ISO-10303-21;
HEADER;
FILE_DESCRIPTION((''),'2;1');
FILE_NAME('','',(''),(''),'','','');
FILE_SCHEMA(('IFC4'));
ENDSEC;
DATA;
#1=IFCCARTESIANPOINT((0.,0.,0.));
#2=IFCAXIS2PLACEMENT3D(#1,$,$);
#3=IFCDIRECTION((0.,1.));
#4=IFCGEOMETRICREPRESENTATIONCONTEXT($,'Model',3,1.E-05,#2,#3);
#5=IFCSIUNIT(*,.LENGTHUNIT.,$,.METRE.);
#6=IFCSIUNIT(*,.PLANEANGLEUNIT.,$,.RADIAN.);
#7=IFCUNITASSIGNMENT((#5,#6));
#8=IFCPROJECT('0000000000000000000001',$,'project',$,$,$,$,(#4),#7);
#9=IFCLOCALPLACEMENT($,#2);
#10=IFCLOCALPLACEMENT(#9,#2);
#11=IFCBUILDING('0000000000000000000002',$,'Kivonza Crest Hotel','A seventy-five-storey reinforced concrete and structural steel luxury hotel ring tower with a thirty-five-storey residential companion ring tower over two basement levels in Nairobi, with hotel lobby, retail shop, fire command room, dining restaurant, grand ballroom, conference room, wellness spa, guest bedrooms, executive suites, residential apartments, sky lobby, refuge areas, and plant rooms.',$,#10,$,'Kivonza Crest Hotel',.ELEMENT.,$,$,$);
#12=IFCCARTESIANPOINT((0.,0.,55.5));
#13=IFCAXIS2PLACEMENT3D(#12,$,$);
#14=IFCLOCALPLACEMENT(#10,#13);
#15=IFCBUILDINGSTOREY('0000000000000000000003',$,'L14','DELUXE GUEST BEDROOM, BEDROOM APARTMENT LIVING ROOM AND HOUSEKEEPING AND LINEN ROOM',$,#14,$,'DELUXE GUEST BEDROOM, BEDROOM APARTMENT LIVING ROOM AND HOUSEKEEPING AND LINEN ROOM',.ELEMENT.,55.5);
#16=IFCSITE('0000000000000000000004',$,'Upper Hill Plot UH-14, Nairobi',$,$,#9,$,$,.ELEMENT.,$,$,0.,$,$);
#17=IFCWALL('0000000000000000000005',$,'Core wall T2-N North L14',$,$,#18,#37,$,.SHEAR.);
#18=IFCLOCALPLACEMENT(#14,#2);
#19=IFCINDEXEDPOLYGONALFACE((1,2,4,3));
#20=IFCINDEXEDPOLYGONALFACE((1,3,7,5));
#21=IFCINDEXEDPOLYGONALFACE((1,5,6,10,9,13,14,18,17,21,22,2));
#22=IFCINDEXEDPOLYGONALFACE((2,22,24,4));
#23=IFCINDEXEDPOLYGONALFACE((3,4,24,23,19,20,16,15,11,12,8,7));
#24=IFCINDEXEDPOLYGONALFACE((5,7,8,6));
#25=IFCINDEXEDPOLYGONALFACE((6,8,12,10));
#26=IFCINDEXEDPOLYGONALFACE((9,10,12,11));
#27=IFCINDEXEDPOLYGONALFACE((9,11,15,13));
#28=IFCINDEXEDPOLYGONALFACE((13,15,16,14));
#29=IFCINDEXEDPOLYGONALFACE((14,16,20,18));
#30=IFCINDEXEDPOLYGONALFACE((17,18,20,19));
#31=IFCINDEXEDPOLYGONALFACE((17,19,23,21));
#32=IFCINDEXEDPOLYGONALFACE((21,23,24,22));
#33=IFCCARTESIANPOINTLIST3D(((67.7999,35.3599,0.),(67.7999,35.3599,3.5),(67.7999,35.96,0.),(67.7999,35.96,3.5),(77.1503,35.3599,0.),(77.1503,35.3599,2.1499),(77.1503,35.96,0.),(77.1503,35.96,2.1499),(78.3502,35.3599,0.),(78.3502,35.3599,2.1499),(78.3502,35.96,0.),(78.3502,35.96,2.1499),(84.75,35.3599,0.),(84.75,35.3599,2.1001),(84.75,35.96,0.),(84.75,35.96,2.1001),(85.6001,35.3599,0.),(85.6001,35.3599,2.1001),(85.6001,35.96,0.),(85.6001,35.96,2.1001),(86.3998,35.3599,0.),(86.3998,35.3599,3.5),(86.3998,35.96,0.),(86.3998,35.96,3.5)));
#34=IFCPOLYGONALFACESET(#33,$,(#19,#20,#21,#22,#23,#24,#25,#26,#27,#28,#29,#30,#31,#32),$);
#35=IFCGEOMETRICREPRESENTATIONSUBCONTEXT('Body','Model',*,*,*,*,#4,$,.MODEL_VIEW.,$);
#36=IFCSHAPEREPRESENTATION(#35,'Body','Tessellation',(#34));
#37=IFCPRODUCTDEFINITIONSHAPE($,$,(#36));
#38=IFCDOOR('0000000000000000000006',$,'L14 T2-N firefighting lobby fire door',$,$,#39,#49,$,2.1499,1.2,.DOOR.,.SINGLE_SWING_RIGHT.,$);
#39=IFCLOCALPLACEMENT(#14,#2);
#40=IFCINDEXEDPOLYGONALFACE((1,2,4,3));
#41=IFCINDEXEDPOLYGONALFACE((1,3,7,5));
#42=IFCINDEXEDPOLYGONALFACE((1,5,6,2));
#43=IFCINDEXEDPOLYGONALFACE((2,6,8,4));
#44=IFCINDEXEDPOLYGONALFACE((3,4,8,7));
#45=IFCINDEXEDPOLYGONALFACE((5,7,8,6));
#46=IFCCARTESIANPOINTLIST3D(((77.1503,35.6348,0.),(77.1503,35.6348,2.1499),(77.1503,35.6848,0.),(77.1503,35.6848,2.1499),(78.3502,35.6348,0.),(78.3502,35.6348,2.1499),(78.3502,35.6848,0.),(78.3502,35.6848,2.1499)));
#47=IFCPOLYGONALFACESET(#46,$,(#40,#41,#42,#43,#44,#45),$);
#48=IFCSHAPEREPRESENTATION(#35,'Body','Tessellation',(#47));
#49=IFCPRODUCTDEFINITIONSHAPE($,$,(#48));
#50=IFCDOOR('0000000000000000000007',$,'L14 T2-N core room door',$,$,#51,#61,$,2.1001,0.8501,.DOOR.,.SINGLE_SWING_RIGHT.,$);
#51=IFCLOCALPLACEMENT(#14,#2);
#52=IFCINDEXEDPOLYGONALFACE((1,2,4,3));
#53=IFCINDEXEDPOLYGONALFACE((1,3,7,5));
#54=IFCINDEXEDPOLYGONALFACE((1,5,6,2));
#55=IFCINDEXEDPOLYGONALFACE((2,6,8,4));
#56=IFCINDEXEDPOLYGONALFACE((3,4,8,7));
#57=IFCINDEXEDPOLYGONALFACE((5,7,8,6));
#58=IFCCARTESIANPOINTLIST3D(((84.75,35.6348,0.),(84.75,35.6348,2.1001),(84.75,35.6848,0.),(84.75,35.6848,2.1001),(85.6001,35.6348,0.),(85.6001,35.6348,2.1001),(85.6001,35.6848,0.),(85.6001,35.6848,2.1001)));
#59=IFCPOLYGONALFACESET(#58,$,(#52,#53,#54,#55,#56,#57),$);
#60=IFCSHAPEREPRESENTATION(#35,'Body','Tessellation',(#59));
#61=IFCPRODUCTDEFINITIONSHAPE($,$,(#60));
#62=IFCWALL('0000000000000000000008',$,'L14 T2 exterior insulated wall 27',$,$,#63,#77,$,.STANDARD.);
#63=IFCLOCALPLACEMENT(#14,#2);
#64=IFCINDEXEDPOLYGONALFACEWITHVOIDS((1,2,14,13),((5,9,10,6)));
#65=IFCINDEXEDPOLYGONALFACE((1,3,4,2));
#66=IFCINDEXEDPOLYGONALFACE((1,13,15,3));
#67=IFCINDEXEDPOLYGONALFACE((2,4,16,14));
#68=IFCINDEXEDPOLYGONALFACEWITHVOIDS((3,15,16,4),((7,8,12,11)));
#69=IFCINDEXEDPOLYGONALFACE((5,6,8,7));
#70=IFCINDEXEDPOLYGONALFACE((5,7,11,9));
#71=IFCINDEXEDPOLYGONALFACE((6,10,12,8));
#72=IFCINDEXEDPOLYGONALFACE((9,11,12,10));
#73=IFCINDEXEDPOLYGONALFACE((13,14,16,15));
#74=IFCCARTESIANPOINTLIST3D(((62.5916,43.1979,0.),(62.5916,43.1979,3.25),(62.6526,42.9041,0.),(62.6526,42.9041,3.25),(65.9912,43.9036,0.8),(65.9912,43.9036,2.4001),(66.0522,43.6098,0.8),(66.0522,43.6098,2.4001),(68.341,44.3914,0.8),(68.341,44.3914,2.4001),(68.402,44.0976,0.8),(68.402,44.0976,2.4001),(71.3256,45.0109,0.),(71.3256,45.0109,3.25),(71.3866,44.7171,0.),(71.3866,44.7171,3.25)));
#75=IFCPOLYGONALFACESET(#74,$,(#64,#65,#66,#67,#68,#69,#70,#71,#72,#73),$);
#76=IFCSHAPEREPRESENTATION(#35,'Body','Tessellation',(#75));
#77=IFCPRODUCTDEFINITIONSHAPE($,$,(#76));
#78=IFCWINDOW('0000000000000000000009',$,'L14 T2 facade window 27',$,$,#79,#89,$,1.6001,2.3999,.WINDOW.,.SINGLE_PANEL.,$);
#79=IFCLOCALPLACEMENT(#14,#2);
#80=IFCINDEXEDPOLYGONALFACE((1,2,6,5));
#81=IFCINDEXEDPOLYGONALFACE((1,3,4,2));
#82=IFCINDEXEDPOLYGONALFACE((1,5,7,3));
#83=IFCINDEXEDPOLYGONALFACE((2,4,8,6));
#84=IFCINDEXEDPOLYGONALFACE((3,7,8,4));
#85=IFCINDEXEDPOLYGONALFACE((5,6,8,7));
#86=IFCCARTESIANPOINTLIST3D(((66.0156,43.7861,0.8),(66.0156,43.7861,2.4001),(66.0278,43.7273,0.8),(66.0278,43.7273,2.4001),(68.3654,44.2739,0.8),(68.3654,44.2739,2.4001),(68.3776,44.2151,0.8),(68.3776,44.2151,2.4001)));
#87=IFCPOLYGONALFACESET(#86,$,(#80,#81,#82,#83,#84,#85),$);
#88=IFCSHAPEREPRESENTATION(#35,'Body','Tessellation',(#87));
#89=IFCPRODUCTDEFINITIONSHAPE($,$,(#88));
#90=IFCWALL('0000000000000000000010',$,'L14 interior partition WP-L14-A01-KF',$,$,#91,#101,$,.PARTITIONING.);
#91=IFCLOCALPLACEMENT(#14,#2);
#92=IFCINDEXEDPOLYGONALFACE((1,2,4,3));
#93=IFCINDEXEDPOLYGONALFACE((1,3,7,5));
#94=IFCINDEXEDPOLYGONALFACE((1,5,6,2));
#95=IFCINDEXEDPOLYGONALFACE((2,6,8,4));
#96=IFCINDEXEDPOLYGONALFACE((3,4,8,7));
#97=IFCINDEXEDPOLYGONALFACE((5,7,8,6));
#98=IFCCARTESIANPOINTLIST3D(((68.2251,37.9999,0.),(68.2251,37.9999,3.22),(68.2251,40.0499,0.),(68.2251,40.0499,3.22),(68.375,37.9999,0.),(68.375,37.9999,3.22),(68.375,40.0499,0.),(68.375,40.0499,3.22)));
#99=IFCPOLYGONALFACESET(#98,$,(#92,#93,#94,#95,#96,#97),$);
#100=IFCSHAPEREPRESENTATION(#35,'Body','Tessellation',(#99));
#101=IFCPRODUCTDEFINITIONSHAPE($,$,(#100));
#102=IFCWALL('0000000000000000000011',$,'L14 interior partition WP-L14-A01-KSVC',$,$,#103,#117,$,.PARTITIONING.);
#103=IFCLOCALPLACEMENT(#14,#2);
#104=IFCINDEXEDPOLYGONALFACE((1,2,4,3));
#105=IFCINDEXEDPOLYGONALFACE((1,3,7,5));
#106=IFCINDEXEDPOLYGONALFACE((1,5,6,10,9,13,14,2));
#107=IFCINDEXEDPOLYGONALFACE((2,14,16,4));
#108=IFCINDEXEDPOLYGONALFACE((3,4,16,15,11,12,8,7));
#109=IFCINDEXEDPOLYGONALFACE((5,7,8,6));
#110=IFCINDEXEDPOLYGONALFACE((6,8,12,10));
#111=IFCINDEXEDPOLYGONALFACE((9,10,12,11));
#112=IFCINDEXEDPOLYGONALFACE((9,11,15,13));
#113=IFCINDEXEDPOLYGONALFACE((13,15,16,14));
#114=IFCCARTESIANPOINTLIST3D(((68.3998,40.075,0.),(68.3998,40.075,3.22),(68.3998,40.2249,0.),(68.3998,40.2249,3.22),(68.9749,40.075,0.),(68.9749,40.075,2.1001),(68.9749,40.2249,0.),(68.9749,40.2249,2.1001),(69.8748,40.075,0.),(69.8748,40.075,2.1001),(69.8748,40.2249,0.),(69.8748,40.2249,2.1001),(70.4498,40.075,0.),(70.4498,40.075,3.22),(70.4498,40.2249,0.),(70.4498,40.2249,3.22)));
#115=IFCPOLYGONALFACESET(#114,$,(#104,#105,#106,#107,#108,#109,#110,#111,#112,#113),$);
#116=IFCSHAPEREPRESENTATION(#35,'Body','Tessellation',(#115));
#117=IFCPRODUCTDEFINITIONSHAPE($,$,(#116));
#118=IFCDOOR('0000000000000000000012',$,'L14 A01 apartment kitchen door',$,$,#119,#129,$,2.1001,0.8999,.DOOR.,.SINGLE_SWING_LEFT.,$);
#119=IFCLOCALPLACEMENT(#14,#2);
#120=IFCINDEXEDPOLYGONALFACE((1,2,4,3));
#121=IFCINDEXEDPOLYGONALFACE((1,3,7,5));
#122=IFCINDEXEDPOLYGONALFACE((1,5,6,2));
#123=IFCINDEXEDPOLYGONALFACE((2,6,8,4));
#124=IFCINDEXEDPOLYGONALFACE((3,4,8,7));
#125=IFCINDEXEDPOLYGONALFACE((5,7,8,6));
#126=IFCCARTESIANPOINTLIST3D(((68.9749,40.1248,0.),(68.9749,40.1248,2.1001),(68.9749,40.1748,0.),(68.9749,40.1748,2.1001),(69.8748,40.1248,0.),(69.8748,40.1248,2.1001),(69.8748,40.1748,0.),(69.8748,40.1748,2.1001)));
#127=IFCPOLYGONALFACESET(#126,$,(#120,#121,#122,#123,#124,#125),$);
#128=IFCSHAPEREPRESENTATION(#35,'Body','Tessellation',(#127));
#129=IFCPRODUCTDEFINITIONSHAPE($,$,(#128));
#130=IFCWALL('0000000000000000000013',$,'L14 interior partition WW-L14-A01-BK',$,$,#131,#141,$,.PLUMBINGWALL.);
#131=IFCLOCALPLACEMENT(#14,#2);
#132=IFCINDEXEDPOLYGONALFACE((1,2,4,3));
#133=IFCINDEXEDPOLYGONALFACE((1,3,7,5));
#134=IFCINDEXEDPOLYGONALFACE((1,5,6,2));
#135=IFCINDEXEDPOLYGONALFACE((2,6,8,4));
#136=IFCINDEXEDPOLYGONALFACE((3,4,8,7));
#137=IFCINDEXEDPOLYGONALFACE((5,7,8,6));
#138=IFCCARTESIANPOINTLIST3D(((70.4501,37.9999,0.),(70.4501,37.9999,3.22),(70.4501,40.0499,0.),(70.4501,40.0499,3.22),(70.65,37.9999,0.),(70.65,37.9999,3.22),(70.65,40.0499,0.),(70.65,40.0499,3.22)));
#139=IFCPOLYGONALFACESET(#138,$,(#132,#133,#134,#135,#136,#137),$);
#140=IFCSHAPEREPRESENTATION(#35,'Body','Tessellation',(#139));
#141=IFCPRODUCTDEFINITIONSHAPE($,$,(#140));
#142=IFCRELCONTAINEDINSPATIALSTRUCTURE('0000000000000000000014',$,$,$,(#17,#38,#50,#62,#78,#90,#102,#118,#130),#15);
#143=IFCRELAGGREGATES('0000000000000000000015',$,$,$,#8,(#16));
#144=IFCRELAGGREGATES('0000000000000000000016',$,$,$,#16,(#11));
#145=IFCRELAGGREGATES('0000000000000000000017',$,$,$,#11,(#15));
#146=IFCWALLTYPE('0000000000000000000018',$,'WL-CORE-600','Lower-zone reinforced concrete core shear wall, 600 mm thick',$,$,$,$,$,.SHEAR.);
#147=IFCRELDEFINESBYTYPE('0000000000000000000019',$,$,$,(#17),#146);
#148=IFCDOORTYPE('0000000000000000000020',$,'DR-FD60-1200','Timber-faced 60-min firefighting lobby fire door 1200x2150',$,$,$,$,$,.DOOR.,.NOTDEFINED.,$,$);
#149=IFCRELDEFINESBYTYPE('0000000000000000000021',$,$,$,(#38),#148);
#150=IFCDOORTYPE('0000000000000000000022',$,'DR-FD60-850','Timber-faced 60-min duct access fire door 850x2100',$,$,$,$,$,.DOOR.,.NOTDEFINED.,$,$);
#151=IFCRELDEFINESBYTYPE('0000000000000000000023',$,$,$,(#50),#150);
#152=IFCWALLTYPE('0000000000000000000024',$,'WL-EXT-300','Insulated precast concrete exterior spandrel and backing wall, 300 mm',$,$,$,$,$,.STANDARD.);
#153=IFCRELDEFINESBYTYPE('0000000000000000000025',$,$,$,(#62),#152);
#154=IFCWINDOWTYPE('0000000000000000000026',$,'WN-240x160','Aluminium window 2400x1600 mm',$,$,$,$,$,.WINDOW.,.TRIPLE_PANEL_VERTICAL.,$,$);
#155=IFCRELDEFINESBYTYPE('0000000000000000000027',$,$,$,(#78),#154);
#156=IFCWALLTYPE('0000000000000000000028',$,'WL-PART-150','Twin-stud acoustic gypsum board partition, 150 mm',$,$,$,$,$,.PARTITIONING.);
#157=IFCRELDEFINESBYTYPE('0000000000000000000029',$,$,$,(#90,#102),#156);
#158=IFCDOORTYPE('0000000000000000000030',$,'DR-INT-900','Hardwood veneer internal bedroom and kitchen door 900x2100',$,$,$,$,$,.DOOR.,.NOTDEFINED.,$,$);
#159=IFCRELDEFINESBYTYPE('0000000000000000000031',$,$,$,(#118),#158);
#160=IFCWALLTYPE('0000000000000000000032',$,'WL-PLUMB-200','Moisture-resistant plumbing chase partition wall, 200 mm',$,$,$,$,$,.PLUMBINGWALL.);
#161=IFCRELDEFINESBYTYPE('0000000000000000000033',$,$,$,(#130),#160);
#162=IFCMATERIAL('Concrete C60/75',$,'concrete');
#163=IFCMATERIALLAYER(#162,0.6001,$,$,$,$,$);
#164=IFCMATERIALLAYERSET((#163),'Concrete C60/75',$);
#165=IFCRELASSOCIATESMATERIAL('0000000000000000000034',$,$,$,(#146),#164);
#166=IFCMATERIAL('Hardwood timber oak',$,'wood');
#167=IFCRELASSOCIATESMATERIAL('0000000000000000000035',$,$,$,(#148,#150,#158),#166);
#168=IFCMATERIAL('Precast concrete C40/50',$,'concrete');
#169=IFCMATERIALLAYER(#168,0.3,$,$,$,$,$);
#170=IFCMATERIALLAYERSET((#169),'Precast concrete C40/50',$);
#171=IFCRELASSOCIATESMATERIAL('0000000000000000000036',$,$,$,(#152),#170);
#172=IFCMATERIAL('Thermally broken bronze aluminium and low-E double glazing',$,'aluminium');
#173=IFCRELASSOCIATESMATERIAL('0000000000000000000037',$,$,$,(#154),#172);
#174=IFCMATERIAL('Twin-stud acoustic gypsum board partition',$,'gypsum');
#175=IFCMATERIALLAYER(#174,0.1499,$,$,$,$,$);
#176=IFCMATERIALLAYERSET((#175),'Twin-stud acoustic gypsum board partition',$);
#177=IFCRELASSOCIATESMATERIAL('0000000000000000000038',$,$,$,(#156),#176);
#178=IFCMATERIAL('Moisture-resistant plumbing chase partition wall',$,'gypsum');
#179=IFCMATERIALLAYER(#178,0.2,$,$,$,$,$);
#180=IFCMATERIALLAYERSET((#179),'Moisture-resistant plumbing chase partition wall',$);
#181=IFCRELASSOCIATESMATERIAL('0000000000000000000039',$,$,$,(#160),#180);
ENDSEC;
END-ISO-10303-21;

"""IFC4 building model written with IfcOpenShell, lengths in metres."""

from ifc_helpers import new_model, si_unit, direction, frame, frame_2d, origin, place, context, subcontext, project, spatial, rectangle, extrude, material, layer, layer_set, type_object, element, fill, save


model = new_model("IFC4")

# Units and contexts
model_context = context("Model", 3, precision=1e-05, world=origin(), true_north=direction((0.0, 1.0)))
body_context = subcontext(model_context, "Body", "Model", "MODEL_VIEW")
ifc_project = project(units=[si_unit("LENGTHUNIT", "METRE"), si_unit("PLANEANGLEUNIT", "RADIAN")], contexts=[model_context])

# Site, building, storey
site_placement = place(None, origin())
site = spatial("IfcSite", under=ifc_project, at=site_placement, Name="Upper Hill Plot UH-14, Nairobi", CompositionType="ELEMENT", RefElevation=0.0)
building_placement = place(site_placement, origin())
building = spatial("IfcBuilding", under=site, at=building_placement, Name="Kivonza Crest Hotel", Description="A seventy-five-storey reinforced concrete and structural steel luxury hotel ring tower with a thirty-five-storey residential companion ring tower over two basement levels in Nairobi, with hotel lobby, retail shop, fire command room, dining restaurant, grand ballroom, conference room, wellness spa, guest bedrooms, executive suites, residential apartments, sky lobby, refuge areas, and plant rooms.", LongName="Kivonza Crest Hotel", CompositionType="ELEMENT")
storey_placement = place(building_placement, frame((0.0, 0.0, 55.5)))
storey = spatial("IfcBuildingStorey", under=building, at=storey_placement, Name="L14", Description="DELUXE GUEST BEDROOM, BEDROOM APARTMENT LIVING ROOM AND HOUSEKEEPING AND LINEN ROOM", LongName="DELUXE GUEST BEDROOM, BEDROOM APARTMENT LIVING ROOM AND HOUSEKEEPING AND LINEN ROOM", CompositionType="ELEMENT", Elevation=55.5)

# Shared definitions
ifc_material_1 = material(Name="Hardwood timber oak", Category="wood")

# Wall, openings, doors
ifc_material_2 = material(Name="Concrete C60/75", Category="concrete")
ifc_layer_1 = layer(ifc_material_2, 0.6001)
ifc_layer_set_1 = layer_set([ifc_layer_1], Name="Concrete C60/75")
wall_type_1 = type_object("IfcWallType", Name="WL-CORE-600", Description="Lower-zone reinforced concrete core shear wall, 600 mm thick", PredefinedType="SHEAR", material=ifc_layer_set_1)
wall_1_placement = place(storey_placement, frame((67.8, 35.6599, 0.0), z_axis=(0.0, 0.0, 1.0), x_axis=(1.0, 0.0, 0.0)))
wall_1 = element("IfcWall", 1, at=wall_1_placement, inside=storey, type_object=wall_type_1, Name="Core wall T2-N North L14", PredefinedType="SHEAR", context=body_context, shape_type="SweptSolid", body=[
    extrude(rectangle(XDim=18.5999, YDim=0.6001, at=frame_2d((9.2998, 0.0))), origin(), (0.0, 0.0, 1.0), 3.5),
])
opening_1_placement = place(wall_1_placement, frame((9.3501, 0.0, 0.0)))
opening_1 = element("IfcOpeningElement", 2, at=opening_1_placement, cuts=wall_1, PredefinedType="OPENING", context=body_context, shape_type="SweptSolid", body=[
    extrude(rectangle(XDim=1.2, YDim=2.1499, at=frame_2d((0.6001, 1.075))), frame((0.0, 0.3101, 0.0), z_axis=(0.0, -1.0, 0.0), x_axis=(1.0, 0.0, 0.0)), (0.0, 0.0, 1.0), 0.6201),
])
opening_2_placement = place(wall_1_placement, frame((16.95, 0.0, 0.0)))
opening_2 = element("IfcOpeningElement", 3, at=opening_2_placement, cuts=wall_1, PredefinedType="OPENING", context=body_context, shape_type="SweptSolid", body=[
    extrude(rectangle(XDim=0.8501, YDim=2.1001, at=frame_2d((0.425, 1.05))), frame((0.0, 0.3101, 0.0), z_axis=(0.0, -1.0, 0.0), x_axis=(1.0, 0.0, 0.0)), (0.0, 0.0, 1.0), 0.6201),
])
door_type_1 = type_object("IfcDoorType", Name="DR-FD60-1200", Description="Timber-faced 60-min firefighting lobby fire door 1200x2150", OperationType="NOTDEFINED", PredefinedType="DOOR", material=ifc_material_1)
door_1_placement = place(opening_1_placement, origin())
door_1 = element("IfcDoor", 4, at=door_1_placement, inside=storey, type_object=door_type_1, Name="L14 T2-N firefighting lobby fire door", OperationType="SINGLE_SWING_RIGHT", OverallHeight=2.1499, OverallWidth=1.2, PredefinedType="DOOR", context=body_context, shape_type="SweptSolid", body=[
    extrude(rectangle(XDim=1.2, YDim=2.1499, at=frame_2d((0.6001, 1.075))), frame((0.0, 0.0249, 0.0), z_axis=(0.0, -1.0, 0.0), x_axis=(1.0, 0.0, 0.0)), (0.0, 0.0, 1.0), 0.05),
])
fill(opening_1, door_1)
door_type_2 = type_object("IfcDoorType", Name="DR-FD60-850", Description="Timber-faced 60-min duct access fire door 850x2100", OperationType="NOTDEFINED", PredefinedType="DOOR", material=ifc_material_1)
door_2_placement = place(opening_2_placement, origin())
door_2 = element("IfcDoor", 5, at=door_2_placement, inside=storey, type_object=door_type_2, Name="L14 T2-N core room door", OperationType="SINGLE_SWING_RIGHT", OverallHeight=2.1001, OverallWidth=0.8501, PredefinedType="DOOR", context=body_context, shape_type="SweptSolid", body=[
    extrude(rectangle(XDim=0.8501, YDim=2.1001, at=frame_2d((0.425, 1.05))), frame((0.0, 0.0249, 0.0), z_axis=(0.0, -1.0, 0.0), x_axis=(1.0, 0.0, 0.0)), (0.0, 0.0, 1.0), 0.05),
])
fill(opening_2, door_2)

# Wall, opening, window
ifc_material_3 = material(Name="Precast concrete C40/50", Category="concrete")
ifc_layer_2 = layer(ifc_material_3, 0.3)
ifc_layer_set_2 = layer_set([ifc_layer_2], Name="Precast concrete C40/50")
wall_type_2 = type_object("IfcWallType", Name="WL-EXT-300", Description="Insulated precast concrete exterior spandrel and backing wall, 300 mm", PredefinedType="STANDARD", material=ifc_layer_set_2)
wall_2_placement = place(storey_placement, frame((71.356, 44.864, 0.0), z_axis=(0.0, 0.0, 1.0), x_axis=(-0.979127, -0.203248, 0.0)))
wall_2 = element("IfcWall", 6, at=wall_2_placement, inside=storey, type_object=wall_type_2, Name="L14 T2 exterior insulated wall 27", PredefinedType="STANDARD", context=body_context, shape_type="SweptSolid", body=[
    extrude(rectangle(XDim=8.9202, YDim=0.3, at=frame_2d((4.46, 0.0))), origin(), (0.0, 0.0, 1.0), 3.25),
])
opening_3_placement = place(wall_2_placement, frame((3.0481, 0.0, 0.8)))
opening_3 = element("IfcOpeningElement", 7, at=opening_3_placement, cuts=wall_2, PredefinedType="OPENING", context=body_context, shape_type="SweptSolid", body=[
    extrude(rectangle(XDim=2.3999, YDim=1.6001, at=frame_2d((1.2, 0.8))), frame((0.0, 0.1602, 0.0), z_axis=(0.0, -1.0, 0.0), x_axis=(1.0, 0.0, 0.0)), (0.0, 0.0, 1.0), 0.3201),
])
ifc_material_4 = material(Name="Thermally broken bronze aluminium and low-E double glazing", Category="aluminium")
window_type = type_object("IfcWindowType", Name="WN-240x160", Description="Aluminium window 2400x1600 mm", PartitioningType="TRIPLE_PANEL_VERTICAL", PredefinedType="WINDOW", material=ifc_material_4)
window_placement = place(opening_3_placement, origin())
window = element("IfcWindow", 8, at=window_placement, inside=storey, type_object=window_type, Name="L14 T2 facade window 27", OverallHeight=1.6001, OverallWidth=2.3999, PartitioningType="SINGLE_PANEL", PredefinedType="WINDOW", context=body_context, shape_type="SweptSolid", body=[
    extrude(rectangle(XDim=2.3999, YDim=1.6001, at=frame_2d((1.2, 0.8))), frame((0.0, 0.03, 0.0), z_axis=(0.0, -1.0, 0.0), x_axis=(1.0, 0.0, 0.0)), (0.0, 0.0, 1.0), 0.0601),
])
fill(opening_3, window)

# Wall
ifc_material_5 = material(Name="Twin-stud acoustic gypsum board partition", Category="gypsum")
ifc_layer_3 = layer(ifc_material_5, 0.1499)
ifc_layer_set_3 = layer_set([ifc_layer_3], Name="Twin-stud acoustic gypsum board partition")
wall_type_3 = type_object("IfcWallType", Name="WL-PART-150", Description="Twin-stud acoustic gypsum board partition, 150 mm", PredefinedType="PARTITIONING", material=ifc_layer_set_3)
wall_3_placement = place(storey_placement, frame((68.3, 38.0, 0.0), z_axis=(0.0, 0.0, 1.0), x_axis=(0.0, 1.0, 0.0)))
element("IfcWall", 9, at=wall_3_placement, inside=storey, type_object=wall_type_3, Name="L14 interior partition WP-L14-A01-KF", PredefinedType="PARTITIONING", context=body_context, shape_type="SweptSolid", body=[
    extrude(rectangle(XDim=2.05, YDim=0.1499, at=frame_2d((1.0249, 0.0))), origin(), (0.0, 0.0, 1.0), 3.22),
])

# Wall, opening, door
wall_4_placement = place(storey_placement, frame((68.3999, 40.1499, 0.0), z_axis=(0.0, 0.0, 1.0), x_axis=(1.0, 0.0, 0.0)))
wall_4 = element("IfcWall", 10, at=wall_4_placement, inside=storey, type_object=wall_type_3, Name="L14 interior partition WP-L14-A01-KSVC", PredefinedType="PARTITIONING", context=body_context, shape_type="SweptSolid", body=[
    extrude(rectangle(XDim=2.05, YDim=0.1499, at=frame_2d((1.0249, 0.0))), origin(), (0.0, 0.0, 1.0), 3.22),
])
opening_4_placement = place(wall_4_placement, frame((0.575, 0.0, 0.0)))
opening_4 = element("IfcOpeningElement", 11, at=opening_4_placement, cuts=wall_4, PredefinedType="OPENING", context=body_context, shape_type="SweptSolid", body=[
    extrude(rectangle(XDim=0.8999, YDim=2.1001, at=frame_2d((0.45, 1.05))), frame((0.0, 0.085, 0.0), z_axis=(0.0, -1.0, 0.0), x_axis=(1.0, 0.0, 0.0)), (0.0, 0.0, 1.0), 0.1699),
])
door_type_3 = type_object("IfcDoorType", Name="DR-INT-900", Description="Hardwood veneer internal bedroom and kitchen door 900x2100", OperationType="NOTDEFINED", PredefinedType="DOOR", material=ifc_material_1)
door_3_placement = place(opening_4_placement, origin())
door_3 = element("IfcDoor", 12, at=door_3_placement, inside=storey, type_object=door_type_3, Name="L14 A01 apartment kitchen door", OperationType="SINGLE_SWING_LEFT", OverallHeight=2.1001, OverallWidth=0.8999, PredefinedType="DOOR", context=body_context, shape_type="SweptSolid", body=[
    extrude(rectangle(XDim=0.8999, YDim=2.1001, at=frame_2d((0.45, 1.05))), frame((0.0, 0.0249, 0.0), z_axis=(0.0, -1.0, 0.0), x_axis=(1.0, 0.0, 0.0)), (0.0, 0.0, 1.0), 0.05),
])
fill(opening_4, door_3)

# Wall
ifc_material_6 = material(Name="Moisture-resistant plumbing chase partition wall", Category="gypsum")
ifc_layer_4 = layer(ifc_material_6, 0.2)
ifc_layer_set_4 = layer_set([ifc_layer_4], Name="Moisture-resistant plumbing chase partition wall")
wall_type_4 = type_object("IfcWallType", Name="WL-PLUMB-200", Description="Moisture-resistant plumbing chase partition wall, 200 mm", PredefinedType="PLUMBINGWALL", material=ifc_layer_set_4)
wall_5_placement = place(storey_placement, frame((70.55, 38.0, 0.0), z_axis=(0.0, 0.0, 1.0), x_axis=(0.0, 1.0, 0.0)))
element("IfcWall", 13, at=wall_5_placement, inside=storey, type_object=wall_type_4, Name="L14 interior partition WW-L14-A01-BK", PredefinedType="PLUMBINGWALL", context=body_context, shape_type="SweptSolid", body=[
    extrude(rectangle(XDim=2.05, YDim=0.2, at=frame_2d((1.0249, 0.0))), origin(), (0.0, 0.0, 1.0), 3.22),
])

save(model, "model.ifc")
